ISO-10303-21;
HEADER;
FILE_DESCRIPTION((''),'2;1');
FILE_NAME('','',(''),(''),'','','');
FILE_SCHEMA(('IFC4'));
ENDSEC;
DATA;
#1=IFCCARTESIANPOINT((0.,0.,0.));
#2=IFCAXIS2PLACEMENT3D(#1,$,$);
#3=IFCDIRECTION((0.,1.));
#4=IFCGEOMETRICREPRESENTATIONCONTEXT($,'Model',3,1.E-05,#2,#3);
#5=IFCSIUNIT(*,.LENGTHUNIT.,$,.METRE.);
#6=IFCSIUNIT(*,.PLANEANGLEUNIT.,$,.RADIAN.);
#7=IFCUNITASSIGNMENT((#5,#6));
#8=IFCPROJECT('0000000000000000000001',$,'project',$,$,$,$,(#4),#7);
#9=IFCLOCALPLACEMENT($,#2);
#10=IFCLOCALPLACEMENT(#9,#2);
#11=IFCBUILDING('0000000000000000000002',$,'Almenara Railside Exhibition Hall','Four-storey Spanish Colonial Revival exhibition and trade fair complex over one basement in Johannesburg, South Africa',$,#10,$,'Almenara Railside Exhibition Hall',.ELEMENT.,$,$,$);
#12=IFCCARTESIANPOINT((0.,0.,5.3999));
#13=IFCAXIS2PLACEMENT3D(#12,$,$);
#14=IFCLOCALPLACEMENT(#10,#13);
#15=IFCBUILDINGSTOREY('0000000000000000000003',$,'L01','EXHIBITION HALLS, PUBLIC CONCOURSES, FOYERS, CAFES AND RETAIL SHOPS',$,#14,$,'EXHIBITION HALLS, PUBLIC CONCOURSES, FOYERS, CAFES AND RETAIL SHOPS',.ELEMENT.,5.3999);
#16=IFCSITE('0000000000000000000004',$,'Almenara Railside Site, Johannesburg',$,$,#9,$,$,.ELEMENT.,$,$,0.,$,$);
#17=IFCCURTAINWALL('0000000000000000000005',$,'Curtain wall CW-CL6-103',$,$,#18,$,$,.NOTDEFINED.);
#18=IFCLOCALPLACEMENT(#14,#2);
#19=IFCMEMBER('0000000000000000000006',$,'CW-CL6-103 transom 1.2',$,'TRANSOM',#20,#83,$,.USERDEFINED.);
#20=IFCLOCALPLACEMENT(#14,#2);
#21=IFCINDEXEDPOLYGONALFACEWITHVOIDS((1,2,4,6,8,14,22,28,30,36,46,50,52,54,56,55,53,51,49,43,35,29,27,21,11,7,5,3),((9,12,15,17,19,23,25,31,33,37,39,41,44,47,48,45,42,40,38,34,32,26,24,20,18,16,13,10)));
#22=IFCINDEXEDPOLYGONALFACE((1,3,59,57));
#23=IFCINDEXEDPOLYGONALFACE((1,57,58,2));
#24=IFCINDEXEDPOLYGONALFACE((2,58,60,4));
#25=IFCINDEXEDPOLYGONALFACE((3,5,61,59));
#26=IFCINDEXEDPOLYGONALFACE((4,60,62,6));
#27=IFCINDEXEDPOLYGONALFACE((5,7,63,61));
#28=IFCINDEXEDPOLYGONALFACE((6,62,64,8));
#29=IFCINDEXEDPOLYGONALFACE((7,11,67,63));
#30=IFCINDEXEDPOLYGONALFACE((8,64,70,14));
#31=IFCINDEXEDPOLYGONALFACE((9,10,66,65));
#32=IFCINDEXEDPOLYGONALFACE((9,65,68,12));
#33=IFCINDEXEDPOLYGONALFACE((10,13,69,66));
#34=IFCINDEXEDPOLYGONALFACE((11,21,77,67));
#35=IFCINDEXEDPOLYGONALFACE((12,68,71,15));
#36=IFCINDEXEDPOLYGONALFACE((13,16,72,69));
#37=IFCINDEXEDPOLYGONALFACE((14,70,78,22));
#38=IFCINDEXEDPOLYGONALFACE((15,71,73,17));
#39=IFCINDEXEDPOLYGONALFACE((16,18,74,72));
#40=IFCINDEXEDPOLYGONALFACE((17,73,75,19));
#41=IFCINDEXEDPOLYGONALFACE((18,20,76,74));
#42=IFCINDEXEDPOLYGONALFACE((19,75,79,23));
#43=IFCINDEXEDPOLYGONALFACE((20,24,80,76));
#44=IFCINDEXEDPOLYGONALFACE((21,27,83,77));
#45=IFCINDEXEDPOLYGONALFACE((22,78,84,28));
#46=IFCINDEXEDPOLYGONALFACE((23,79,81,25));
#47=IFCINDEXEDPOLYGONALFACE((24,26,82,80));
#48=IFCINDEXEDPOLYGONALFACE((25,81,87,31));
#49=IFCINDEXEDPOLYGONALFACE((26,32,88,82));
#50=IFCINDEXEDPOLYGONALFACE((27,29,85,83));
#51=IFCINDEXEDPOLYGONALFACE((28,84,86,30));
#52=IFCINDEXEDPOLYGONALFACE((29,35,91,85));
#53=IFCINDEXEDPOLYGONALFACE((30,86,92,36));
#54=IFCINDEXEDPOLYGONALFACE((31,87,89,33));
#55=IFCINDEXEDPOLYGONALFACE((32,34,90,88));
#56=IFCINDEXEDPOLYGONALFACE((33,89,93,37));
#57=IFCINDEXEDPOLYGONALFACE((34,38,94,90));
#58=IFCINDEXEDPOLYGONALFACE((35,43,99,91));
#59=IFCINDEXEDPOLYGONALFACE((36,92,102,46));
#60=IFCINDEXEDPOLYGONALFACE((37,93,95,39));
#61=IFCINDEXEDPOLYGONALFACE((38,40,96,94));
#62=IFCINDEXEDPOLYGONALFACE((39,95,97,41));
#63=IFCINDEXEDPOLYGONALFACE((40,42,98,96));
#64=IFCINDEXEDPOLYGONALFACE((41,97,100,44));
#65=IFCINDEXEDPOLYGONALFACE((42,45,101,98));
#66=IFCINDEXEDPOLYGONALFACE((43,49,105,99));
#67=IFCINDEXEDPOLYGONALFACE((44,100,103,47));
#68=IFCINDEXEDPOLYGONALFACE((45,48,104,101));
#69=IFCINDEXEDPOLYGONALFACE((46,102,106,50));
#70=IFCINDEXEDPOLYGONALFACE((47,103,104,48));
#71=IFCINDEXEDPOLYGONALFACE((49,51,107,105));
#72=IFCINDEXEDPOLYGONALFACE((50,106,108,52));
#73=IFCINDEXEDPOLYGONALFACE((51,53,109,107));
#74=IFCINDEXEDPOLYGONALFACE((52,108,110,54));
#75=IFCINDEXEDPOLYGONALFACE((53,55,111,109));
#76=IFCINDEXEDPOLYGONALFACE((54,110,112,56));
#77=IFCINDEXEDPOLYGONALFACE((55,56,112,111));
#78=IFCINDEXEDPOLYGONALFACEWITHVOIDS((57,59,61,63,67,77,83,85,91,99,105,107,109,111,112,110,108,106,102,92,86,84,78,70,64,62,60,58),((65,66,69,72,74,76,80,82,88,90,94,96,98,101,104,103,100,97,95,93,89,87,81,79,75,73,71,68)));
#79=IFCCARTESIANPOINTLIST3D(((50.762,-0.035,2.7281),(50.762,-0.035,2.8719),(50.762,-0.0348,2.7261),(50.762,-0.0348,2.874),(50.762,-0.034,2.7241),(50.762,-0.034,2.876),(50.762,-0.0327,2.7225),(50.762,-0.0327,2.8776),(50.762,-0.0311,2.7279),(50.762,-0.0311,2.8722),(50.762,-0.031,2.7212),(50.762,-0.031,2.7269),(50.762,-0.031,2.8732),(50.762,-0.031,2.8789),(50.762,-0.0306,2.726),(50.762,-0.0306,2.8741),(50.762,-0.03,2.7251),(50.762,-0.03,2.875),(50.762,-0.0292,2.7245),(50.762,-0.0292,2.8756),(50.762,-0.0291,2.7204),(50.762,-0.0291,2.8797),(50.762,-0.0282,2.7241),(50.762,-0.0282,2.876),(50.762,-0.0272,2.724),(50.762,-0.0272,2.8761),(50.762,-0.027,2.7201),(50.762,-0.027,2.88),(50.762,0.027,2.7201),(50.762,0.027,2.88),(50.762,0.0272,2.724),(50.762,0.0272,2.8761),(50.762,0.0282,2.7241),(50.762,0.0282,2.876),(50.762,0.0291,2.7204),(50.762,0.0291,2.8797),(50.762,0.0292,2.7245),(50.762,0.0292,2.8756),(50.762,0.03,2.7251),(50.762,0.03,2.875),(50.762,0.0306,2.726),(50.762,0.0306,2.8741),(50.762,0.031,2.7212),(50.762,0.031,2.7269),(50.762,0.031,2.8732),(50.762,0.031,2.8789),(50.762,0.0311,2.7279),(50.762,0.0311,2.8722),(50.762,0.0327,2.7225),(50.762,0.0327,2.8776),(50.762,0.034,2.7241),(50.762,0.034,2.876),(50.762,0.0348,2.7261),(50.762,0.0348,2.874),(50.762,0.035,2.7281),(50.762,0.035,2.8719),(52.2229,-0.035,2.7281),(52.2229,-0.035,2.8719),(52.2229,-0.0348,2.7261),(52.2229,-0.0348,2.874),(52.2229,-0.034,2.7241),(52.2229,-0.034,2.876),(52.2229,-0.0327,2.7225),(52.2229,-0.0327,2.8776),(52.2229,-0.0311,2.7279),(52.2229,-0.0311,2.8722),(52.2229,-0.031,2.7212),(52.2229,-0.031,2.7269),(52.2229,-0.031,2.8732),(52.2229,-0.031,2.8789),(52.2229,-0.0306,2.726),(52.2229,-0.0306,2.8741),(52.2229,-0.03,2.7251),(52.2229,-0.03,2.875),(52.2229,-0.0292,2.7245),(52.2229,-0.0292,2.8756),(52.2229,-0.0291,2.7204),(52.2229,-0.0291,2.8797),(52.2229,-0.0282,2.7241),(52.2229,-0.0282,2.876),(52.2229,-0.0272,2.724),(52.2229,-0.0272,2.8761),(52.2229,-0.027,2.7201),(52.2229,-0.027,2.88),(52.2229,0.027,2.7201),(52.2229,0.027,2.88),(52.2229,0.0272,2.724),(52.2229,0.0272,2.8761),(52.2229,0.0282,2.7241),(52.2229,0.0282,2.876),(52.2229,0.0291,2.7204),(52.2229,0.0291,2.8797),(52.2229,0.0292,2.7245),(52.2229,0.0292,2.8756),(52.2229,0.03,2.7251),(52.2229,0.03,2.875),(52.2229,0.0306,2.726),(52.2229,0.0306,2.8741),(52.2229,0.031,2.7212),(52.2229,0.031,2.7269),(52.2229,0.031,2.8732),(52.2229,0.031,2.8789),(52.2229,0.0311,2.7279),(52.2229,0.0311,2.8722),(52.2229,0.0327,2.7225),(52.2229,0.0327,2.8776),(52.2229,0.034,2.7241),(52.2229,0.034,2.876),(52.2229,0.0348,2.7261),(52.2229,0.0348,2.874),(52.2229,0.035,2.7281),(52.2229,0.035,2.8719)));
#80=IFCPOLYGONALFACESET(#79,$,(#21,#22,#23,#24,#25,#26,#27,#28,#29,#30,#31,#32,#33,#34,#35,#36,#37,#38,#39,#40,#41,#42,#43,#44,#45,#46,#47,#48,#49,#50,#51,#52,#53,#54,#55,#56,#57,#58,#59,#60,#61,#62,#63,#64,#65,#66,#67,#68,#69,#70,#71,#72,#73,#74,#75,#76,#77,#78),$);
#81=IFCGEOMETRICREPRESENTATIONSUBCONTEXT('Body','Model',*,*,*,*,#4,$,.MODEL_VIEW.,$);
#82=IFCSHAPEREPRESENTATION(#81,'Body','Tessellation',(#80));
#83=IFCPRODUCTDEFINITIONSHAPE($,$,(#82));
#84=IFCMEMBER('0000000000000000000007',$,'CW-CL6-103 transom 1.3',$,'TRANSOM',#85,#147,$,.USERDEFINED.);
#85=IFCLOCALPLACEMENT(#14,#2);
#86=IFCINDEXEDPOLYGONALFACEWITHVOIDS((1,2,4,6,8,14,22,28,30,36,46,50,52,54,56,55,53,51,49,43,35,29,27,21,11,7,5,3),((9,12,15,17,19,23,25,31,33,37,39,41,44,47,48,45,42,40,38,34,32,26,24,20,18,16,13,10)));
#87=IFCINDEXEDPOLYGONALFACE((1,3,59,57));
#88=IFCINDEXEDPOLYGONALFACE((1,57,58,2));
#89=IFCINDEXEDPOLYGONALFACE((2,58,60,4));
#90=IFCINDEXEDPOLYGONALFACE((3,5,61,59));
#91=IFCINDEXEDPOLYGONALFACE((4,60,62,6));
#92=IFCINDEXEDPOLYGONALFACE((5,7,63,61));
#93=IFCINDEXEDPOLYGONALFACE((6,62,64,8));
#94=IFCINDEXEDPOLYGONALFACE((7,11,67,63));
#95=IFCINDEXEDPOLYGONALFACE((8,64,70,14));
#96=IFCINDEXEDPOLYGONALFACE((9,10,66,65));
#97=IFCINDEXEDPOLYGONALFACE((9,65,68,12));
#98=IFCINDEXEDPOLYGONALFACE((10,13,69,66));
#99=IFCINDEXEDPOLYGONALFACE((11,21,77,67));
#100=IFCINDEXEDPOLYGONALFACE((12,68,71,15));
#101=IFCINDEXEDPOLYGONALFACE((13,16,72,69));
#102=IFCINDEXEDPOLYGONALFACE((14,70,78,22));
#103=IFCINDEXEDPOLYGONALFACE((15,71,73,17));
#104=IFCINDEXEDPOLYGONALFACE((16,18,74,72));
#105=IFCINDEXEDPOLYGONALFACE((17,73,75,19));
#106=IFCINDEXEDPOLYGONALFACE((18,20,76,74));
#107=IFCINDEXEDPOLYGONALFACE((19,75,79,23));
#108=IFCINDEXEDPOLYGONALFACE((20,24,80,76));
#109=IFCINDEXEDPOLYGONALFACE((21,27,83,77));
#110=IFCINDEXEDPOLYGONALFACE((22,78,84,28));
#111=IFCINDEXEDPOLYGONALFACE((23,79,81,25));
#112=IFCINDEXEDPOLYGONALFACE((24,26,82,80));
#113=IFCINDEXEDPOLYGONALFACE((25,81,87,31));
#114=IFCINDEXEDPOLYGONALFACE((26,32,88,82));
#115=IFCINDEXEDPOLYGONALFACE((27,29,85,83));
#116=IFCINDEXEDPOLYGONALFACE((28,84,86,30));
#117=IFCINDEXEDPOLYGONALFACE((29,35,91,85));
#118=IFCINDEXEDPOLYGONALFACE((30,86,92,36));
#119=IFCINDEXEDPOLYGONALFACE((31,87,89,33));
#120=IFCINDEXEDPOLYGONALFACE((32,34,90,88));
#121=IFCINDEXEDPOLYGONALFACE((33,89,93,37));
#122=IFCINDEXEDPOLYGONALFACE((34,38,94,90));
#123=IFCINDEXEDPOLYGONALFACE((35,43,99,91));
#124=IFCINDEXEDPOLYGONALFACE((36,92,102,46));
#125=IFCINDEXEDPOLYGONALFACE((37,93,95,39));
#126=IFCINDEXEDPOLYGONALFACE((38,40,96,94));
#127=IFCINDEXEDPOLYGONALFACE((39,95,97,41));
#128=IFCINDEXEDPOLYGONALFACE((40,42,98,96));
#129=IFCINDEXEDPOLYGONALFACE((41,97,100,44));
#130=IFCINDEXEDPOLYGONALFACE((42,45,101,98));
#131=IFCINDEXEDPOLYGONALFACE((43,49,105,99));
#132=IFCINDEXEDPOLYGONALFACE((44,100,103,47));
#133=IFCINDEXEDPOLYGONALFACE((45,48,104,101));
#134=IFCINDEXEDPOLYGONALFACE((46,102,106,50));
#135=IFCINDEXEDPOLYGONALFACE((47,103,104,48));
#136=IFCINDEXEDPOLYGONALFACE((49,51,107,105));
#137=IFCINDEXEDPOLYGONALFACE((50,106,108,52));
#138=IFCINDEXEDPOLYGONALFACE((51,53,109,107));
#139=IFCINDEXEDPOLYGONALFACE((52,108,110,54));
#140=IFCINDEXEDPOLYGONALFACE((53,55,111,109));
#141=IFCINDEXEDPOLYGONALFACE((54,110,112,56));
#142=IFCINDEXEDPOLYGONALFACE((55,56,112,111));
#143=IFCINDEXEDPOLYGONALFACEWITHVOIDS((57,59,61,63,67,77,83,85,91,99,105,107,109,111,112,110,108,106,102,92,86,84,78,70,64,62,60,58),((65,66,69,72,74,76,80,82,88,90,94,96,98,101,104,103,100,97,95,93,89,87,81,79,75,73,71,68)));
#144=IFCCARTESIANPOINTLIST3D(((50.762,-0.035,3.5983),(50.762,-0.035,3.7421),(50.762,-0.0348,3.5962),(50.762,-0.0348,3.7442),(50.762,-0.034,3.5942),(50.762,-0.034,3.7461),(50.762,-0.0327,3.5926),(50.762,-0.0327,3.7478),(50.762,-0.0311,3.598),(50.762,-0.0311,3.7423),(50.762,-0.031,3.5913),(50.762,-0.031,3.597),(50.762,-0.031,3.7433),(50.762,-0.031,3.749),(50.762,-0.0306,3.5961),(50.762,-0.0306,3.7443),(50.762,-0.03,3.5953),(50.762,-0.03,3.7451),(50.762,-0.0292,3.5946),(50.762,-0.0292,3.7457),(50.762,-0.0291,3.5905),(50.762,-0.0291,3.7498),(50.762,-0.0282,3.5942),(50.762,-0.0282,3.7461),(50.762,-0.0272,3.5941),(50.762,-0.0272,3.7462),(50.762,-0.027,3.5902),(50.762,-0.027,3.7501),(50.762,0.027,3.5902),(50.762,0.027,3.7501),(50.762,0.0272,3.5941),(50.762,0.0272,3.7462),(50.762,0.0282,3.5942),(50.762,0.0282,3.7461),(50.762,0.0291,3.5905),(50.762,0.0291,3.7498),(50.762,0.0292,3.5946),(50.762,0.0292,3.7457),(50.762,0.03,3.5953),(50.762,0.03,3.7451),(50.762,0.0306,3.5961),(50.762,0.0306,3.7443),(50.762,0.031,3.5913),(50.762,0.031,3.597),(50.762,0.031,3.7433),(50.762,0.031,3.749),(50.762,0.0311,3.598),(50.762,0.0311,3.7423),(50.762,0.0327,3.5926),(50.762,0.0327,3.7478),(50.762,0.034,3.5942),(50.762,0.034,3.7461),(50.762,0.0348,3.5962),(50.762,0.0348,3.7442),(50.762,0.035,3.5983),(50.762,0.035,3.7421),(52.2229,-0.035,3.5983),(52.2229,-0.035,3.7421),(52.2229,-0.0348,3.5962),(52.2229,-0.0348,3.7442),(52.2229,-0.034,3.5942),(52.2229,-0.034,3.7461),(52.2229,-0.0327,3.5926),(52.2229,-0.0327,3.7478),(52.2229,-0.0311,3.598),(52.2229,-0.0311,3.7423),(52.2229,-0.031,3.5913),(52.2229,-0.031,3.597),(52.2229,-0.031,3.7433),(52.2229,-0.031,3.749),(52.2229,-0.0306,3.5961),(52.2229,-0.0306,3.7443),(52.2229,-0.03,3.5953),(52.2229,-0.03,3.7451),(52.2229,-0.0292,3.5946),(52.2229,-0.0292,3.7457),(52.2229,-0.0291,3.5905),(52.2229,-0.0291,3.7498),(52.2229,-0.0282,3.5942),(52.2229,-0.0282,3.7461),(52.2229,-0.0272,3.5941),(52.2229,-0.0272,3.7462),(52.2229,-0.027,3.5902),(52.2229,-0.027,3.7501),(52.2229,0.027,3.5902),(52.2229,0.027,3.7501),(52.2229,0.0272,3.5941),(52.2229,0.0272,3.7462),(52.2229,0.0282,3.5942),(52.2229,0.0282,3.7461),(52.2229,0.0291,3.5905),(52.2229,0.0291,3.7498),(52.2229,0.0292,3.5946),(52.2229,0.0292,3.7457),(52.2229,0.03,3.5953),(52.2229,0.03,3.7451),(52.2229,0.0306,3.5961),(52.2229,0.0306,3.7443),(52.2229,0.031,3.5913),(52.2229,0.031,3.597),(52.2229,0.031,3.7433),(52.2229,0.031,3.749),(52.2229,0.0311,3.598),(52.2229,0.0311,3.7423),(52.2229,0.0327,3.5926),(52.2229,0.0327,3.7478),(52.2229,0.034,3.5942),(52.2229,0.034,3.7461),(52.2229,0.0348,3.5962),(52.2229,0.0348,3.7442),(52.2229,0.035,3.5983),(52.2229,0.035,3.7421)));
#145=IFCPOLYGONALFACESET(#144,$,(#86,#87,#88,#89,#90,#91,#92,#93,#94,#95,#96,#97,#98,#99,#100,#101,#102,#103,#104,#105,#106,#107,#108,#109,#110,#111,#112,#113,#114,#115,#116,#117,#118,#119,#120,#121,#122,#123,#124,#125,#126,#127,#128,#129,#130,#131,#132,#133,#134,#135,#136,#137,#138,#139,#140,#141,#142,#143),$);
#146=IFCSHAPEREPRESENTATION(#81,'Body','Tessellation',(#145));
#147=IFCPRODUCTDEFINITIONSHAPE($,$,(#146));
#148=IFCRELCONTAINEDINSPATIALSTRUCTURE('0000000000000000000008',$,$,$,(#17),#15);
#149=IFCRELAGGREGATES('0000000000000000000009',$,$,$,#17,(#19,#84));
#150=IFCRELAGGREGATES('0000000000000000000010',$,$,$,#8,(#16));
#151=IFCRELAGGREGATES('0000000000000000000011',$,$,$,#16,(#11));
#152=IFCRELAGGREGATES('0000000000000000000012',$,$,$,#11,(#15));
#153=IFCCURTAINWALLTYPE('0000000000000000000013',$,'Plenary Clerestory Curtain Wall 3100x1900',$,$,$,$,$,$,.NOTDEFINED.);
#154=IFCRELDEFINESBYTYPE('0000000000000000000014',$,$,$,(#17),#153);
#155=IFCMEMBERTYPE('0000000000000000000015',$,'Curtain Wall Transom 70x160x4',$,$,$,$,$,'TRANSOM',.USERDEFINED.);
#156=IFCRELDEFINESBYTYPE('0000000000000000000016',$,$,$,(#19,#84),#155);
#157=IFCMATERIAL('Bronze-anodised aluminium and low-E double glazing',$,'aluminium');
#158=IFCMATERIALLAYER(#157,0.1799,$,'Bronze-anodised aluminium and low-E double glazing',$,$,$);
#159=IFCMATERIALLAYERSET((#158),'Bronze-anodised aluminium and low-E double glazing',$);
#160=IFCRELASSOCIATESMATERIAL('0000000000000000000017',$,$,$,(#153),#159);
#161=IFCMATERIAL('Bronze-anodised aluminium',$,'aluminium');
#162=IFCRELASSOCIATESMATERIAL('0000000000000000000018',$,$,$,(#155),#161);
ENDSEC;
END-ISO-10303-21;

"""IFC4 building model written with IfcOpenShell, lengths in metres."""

from ifc_helpers import new_model, si_unit, direction, frame, origin, origin_2d, place, context, subcontext, project, spatial, hollow_rectangle, extrude, material, layer, layer_set, material_profile, profile_set, type_object, element, aggregate, save


model = new_model("IFC4")

# Units and contexts
model_context = context("Model", 3, precision=1e-05, world=origin(), true_north=direction((0.0, 1.0)))
body_context = subcontext(model_context, "Body", "Model", "MODEL_VIEW")
ifc_project = project(units=[si_unit("LENGTHUNIT", "METRE"), si_unit("PLANEANGLEUNIT", "RADIAN")], contexts=[model_context])

# Site, building, storey
site_placement = place(None, origin())
site = spatial("IfcSite", under=ifc_project, at=site_placement, Name="Almenara Railside Site, Johannesburg", CompositionType="ELEMENT", RefElevation=0.0)
building_placement = place(site_placement, origin())
building = spatial("IfcBuilding", under=site, at=building_placement, Name="Almenara Railside Exhibition Hall", Description="Four-storey Spanish Colonial Revival exhibition and trade fair complex over one basement in Johannesburg, South Africa", LongName="Almenara Railside Exhibition Hall", CompositionType="ELEMENT")
storey_placement = place(building_placement, frame((0.0, 0.0, 5.3999)))
storey = spatial("IfcBuildingStorey", under=building, at=storey_placement, Name="L01", Description="EXHIBITION HALLS, PUBLIC CONCOURSES, FOYERS, CAFES AND RETAIL SHOPS", LongName="EXHIBITION HALLS, PUBLIC CONCOURSES, FOYERS, CAFES AND RETAIL SHOPS", CompositionType="ELEMENT", Elevation=5.3999)

# Curtain wall, members
ifc_material_1 = material(Name="Bronze-anodised aluminium and low-E double glazing", Category="aluminium")
ifc_layer_1 = layer(ifc_material_1, 0.1799, Name="Bronze-anodised aluminium and low-E double glazing")
ifc_layer_set_1 = layer_set([ifc_layer_1], Name="Bronze-anodised aluminium and low-E double glazing")
curtain_wall_type = type_object("IfcCurtainWallType", Name="Plenary Clerestory Curtain Wall 3100x1900", PredefinedType="NOTDEFINED", material=ifc_layer_set_1)
curtain_wall_placement = place(storey_placement, origin())
curtain_wall = element("IfcCurtainWall", 1, at=curtain_wall_placement, inside=storey, type_object=curtain_wall_type, Name="Curtain wall CW-CL6-103", PredefinedType="NOTDEFINED")
ifc_material_2 = material(Name="Bronze-anodised aluminium", Category="aluminium")
ifc_material_profile_1 = material_profile(ifc_material_2, hollow_rectangle(XDim=0.0701, YDim=0.1599, WallThickness=0.0039, InnerFilletRadius=0.0039, OuterFilletRadius=0.0081, at=origin_2d()), Name="ALU-TRN 70x160x4")
ifc_profile_set_1 = profile_set([ifc_material_profile_1], Name="Bronze-anodised aluminium")
member_type_1 = type_object("IfcMemberType", Name="Curtain Wall Transom 70x160x4", ElementType="TRANSOM", PredefinedType="USERDEFINED", material=ifc_profile_set_1)
member_1_placement = place(storey_placement, frame((50.762, 0.0, 2.8), z_axis=(1.0, 0.0, 0.0), x_axis=(0.0, 1.0, 0.0)))
member_1 = element("IfcMember", 2, at=member_1_placement, type_object=member_type_1, Name="CW-CL6-103 transom 1.2", ObjectType="TRANSOM", PredefinedType="USERDEFINED", context=body_context, shape_type="SweptSolid", body=[
    extrude(hollow_rectangle(XDim=0.0701, YDim=0.1599, WallThickness=0.0039, InnerFilletRadius=0.0039, OuterFilletRadius=0.0081, at=origin_2d()), origin(), (0.0, 0.0, 1.0), 1.4609),
])
member_2_placement = place(storey_placement, frame((50.762, 0.0, 3.6702), z_axis=(1.0, 0.0, 0.0), x_axis=(0.0, 1.0, 0.0)))
member_2 = element("IfcMember", 3, at=member_2_placement, type_object=member_type_1, Name="CW-CL6-103 transom 1.3", ObjectType="TRANSOM", PredefinedType="USERDEFINED", context=body_context, shape_type="SweptSolid", body=[
    extrude(hollow_rectangle(XDim=0.0701, YDim=0.1599, WallThickness=0.0039, InnerFilletRadius=0.0039, OuterFilletRadius=0.0081, at=origin_2d()), origin(), (0.0, 0.0, 1.0), 1.4609),
])

aggregate(curtain_wall, [member_1, member_2])

save(model, "model.ifc")
